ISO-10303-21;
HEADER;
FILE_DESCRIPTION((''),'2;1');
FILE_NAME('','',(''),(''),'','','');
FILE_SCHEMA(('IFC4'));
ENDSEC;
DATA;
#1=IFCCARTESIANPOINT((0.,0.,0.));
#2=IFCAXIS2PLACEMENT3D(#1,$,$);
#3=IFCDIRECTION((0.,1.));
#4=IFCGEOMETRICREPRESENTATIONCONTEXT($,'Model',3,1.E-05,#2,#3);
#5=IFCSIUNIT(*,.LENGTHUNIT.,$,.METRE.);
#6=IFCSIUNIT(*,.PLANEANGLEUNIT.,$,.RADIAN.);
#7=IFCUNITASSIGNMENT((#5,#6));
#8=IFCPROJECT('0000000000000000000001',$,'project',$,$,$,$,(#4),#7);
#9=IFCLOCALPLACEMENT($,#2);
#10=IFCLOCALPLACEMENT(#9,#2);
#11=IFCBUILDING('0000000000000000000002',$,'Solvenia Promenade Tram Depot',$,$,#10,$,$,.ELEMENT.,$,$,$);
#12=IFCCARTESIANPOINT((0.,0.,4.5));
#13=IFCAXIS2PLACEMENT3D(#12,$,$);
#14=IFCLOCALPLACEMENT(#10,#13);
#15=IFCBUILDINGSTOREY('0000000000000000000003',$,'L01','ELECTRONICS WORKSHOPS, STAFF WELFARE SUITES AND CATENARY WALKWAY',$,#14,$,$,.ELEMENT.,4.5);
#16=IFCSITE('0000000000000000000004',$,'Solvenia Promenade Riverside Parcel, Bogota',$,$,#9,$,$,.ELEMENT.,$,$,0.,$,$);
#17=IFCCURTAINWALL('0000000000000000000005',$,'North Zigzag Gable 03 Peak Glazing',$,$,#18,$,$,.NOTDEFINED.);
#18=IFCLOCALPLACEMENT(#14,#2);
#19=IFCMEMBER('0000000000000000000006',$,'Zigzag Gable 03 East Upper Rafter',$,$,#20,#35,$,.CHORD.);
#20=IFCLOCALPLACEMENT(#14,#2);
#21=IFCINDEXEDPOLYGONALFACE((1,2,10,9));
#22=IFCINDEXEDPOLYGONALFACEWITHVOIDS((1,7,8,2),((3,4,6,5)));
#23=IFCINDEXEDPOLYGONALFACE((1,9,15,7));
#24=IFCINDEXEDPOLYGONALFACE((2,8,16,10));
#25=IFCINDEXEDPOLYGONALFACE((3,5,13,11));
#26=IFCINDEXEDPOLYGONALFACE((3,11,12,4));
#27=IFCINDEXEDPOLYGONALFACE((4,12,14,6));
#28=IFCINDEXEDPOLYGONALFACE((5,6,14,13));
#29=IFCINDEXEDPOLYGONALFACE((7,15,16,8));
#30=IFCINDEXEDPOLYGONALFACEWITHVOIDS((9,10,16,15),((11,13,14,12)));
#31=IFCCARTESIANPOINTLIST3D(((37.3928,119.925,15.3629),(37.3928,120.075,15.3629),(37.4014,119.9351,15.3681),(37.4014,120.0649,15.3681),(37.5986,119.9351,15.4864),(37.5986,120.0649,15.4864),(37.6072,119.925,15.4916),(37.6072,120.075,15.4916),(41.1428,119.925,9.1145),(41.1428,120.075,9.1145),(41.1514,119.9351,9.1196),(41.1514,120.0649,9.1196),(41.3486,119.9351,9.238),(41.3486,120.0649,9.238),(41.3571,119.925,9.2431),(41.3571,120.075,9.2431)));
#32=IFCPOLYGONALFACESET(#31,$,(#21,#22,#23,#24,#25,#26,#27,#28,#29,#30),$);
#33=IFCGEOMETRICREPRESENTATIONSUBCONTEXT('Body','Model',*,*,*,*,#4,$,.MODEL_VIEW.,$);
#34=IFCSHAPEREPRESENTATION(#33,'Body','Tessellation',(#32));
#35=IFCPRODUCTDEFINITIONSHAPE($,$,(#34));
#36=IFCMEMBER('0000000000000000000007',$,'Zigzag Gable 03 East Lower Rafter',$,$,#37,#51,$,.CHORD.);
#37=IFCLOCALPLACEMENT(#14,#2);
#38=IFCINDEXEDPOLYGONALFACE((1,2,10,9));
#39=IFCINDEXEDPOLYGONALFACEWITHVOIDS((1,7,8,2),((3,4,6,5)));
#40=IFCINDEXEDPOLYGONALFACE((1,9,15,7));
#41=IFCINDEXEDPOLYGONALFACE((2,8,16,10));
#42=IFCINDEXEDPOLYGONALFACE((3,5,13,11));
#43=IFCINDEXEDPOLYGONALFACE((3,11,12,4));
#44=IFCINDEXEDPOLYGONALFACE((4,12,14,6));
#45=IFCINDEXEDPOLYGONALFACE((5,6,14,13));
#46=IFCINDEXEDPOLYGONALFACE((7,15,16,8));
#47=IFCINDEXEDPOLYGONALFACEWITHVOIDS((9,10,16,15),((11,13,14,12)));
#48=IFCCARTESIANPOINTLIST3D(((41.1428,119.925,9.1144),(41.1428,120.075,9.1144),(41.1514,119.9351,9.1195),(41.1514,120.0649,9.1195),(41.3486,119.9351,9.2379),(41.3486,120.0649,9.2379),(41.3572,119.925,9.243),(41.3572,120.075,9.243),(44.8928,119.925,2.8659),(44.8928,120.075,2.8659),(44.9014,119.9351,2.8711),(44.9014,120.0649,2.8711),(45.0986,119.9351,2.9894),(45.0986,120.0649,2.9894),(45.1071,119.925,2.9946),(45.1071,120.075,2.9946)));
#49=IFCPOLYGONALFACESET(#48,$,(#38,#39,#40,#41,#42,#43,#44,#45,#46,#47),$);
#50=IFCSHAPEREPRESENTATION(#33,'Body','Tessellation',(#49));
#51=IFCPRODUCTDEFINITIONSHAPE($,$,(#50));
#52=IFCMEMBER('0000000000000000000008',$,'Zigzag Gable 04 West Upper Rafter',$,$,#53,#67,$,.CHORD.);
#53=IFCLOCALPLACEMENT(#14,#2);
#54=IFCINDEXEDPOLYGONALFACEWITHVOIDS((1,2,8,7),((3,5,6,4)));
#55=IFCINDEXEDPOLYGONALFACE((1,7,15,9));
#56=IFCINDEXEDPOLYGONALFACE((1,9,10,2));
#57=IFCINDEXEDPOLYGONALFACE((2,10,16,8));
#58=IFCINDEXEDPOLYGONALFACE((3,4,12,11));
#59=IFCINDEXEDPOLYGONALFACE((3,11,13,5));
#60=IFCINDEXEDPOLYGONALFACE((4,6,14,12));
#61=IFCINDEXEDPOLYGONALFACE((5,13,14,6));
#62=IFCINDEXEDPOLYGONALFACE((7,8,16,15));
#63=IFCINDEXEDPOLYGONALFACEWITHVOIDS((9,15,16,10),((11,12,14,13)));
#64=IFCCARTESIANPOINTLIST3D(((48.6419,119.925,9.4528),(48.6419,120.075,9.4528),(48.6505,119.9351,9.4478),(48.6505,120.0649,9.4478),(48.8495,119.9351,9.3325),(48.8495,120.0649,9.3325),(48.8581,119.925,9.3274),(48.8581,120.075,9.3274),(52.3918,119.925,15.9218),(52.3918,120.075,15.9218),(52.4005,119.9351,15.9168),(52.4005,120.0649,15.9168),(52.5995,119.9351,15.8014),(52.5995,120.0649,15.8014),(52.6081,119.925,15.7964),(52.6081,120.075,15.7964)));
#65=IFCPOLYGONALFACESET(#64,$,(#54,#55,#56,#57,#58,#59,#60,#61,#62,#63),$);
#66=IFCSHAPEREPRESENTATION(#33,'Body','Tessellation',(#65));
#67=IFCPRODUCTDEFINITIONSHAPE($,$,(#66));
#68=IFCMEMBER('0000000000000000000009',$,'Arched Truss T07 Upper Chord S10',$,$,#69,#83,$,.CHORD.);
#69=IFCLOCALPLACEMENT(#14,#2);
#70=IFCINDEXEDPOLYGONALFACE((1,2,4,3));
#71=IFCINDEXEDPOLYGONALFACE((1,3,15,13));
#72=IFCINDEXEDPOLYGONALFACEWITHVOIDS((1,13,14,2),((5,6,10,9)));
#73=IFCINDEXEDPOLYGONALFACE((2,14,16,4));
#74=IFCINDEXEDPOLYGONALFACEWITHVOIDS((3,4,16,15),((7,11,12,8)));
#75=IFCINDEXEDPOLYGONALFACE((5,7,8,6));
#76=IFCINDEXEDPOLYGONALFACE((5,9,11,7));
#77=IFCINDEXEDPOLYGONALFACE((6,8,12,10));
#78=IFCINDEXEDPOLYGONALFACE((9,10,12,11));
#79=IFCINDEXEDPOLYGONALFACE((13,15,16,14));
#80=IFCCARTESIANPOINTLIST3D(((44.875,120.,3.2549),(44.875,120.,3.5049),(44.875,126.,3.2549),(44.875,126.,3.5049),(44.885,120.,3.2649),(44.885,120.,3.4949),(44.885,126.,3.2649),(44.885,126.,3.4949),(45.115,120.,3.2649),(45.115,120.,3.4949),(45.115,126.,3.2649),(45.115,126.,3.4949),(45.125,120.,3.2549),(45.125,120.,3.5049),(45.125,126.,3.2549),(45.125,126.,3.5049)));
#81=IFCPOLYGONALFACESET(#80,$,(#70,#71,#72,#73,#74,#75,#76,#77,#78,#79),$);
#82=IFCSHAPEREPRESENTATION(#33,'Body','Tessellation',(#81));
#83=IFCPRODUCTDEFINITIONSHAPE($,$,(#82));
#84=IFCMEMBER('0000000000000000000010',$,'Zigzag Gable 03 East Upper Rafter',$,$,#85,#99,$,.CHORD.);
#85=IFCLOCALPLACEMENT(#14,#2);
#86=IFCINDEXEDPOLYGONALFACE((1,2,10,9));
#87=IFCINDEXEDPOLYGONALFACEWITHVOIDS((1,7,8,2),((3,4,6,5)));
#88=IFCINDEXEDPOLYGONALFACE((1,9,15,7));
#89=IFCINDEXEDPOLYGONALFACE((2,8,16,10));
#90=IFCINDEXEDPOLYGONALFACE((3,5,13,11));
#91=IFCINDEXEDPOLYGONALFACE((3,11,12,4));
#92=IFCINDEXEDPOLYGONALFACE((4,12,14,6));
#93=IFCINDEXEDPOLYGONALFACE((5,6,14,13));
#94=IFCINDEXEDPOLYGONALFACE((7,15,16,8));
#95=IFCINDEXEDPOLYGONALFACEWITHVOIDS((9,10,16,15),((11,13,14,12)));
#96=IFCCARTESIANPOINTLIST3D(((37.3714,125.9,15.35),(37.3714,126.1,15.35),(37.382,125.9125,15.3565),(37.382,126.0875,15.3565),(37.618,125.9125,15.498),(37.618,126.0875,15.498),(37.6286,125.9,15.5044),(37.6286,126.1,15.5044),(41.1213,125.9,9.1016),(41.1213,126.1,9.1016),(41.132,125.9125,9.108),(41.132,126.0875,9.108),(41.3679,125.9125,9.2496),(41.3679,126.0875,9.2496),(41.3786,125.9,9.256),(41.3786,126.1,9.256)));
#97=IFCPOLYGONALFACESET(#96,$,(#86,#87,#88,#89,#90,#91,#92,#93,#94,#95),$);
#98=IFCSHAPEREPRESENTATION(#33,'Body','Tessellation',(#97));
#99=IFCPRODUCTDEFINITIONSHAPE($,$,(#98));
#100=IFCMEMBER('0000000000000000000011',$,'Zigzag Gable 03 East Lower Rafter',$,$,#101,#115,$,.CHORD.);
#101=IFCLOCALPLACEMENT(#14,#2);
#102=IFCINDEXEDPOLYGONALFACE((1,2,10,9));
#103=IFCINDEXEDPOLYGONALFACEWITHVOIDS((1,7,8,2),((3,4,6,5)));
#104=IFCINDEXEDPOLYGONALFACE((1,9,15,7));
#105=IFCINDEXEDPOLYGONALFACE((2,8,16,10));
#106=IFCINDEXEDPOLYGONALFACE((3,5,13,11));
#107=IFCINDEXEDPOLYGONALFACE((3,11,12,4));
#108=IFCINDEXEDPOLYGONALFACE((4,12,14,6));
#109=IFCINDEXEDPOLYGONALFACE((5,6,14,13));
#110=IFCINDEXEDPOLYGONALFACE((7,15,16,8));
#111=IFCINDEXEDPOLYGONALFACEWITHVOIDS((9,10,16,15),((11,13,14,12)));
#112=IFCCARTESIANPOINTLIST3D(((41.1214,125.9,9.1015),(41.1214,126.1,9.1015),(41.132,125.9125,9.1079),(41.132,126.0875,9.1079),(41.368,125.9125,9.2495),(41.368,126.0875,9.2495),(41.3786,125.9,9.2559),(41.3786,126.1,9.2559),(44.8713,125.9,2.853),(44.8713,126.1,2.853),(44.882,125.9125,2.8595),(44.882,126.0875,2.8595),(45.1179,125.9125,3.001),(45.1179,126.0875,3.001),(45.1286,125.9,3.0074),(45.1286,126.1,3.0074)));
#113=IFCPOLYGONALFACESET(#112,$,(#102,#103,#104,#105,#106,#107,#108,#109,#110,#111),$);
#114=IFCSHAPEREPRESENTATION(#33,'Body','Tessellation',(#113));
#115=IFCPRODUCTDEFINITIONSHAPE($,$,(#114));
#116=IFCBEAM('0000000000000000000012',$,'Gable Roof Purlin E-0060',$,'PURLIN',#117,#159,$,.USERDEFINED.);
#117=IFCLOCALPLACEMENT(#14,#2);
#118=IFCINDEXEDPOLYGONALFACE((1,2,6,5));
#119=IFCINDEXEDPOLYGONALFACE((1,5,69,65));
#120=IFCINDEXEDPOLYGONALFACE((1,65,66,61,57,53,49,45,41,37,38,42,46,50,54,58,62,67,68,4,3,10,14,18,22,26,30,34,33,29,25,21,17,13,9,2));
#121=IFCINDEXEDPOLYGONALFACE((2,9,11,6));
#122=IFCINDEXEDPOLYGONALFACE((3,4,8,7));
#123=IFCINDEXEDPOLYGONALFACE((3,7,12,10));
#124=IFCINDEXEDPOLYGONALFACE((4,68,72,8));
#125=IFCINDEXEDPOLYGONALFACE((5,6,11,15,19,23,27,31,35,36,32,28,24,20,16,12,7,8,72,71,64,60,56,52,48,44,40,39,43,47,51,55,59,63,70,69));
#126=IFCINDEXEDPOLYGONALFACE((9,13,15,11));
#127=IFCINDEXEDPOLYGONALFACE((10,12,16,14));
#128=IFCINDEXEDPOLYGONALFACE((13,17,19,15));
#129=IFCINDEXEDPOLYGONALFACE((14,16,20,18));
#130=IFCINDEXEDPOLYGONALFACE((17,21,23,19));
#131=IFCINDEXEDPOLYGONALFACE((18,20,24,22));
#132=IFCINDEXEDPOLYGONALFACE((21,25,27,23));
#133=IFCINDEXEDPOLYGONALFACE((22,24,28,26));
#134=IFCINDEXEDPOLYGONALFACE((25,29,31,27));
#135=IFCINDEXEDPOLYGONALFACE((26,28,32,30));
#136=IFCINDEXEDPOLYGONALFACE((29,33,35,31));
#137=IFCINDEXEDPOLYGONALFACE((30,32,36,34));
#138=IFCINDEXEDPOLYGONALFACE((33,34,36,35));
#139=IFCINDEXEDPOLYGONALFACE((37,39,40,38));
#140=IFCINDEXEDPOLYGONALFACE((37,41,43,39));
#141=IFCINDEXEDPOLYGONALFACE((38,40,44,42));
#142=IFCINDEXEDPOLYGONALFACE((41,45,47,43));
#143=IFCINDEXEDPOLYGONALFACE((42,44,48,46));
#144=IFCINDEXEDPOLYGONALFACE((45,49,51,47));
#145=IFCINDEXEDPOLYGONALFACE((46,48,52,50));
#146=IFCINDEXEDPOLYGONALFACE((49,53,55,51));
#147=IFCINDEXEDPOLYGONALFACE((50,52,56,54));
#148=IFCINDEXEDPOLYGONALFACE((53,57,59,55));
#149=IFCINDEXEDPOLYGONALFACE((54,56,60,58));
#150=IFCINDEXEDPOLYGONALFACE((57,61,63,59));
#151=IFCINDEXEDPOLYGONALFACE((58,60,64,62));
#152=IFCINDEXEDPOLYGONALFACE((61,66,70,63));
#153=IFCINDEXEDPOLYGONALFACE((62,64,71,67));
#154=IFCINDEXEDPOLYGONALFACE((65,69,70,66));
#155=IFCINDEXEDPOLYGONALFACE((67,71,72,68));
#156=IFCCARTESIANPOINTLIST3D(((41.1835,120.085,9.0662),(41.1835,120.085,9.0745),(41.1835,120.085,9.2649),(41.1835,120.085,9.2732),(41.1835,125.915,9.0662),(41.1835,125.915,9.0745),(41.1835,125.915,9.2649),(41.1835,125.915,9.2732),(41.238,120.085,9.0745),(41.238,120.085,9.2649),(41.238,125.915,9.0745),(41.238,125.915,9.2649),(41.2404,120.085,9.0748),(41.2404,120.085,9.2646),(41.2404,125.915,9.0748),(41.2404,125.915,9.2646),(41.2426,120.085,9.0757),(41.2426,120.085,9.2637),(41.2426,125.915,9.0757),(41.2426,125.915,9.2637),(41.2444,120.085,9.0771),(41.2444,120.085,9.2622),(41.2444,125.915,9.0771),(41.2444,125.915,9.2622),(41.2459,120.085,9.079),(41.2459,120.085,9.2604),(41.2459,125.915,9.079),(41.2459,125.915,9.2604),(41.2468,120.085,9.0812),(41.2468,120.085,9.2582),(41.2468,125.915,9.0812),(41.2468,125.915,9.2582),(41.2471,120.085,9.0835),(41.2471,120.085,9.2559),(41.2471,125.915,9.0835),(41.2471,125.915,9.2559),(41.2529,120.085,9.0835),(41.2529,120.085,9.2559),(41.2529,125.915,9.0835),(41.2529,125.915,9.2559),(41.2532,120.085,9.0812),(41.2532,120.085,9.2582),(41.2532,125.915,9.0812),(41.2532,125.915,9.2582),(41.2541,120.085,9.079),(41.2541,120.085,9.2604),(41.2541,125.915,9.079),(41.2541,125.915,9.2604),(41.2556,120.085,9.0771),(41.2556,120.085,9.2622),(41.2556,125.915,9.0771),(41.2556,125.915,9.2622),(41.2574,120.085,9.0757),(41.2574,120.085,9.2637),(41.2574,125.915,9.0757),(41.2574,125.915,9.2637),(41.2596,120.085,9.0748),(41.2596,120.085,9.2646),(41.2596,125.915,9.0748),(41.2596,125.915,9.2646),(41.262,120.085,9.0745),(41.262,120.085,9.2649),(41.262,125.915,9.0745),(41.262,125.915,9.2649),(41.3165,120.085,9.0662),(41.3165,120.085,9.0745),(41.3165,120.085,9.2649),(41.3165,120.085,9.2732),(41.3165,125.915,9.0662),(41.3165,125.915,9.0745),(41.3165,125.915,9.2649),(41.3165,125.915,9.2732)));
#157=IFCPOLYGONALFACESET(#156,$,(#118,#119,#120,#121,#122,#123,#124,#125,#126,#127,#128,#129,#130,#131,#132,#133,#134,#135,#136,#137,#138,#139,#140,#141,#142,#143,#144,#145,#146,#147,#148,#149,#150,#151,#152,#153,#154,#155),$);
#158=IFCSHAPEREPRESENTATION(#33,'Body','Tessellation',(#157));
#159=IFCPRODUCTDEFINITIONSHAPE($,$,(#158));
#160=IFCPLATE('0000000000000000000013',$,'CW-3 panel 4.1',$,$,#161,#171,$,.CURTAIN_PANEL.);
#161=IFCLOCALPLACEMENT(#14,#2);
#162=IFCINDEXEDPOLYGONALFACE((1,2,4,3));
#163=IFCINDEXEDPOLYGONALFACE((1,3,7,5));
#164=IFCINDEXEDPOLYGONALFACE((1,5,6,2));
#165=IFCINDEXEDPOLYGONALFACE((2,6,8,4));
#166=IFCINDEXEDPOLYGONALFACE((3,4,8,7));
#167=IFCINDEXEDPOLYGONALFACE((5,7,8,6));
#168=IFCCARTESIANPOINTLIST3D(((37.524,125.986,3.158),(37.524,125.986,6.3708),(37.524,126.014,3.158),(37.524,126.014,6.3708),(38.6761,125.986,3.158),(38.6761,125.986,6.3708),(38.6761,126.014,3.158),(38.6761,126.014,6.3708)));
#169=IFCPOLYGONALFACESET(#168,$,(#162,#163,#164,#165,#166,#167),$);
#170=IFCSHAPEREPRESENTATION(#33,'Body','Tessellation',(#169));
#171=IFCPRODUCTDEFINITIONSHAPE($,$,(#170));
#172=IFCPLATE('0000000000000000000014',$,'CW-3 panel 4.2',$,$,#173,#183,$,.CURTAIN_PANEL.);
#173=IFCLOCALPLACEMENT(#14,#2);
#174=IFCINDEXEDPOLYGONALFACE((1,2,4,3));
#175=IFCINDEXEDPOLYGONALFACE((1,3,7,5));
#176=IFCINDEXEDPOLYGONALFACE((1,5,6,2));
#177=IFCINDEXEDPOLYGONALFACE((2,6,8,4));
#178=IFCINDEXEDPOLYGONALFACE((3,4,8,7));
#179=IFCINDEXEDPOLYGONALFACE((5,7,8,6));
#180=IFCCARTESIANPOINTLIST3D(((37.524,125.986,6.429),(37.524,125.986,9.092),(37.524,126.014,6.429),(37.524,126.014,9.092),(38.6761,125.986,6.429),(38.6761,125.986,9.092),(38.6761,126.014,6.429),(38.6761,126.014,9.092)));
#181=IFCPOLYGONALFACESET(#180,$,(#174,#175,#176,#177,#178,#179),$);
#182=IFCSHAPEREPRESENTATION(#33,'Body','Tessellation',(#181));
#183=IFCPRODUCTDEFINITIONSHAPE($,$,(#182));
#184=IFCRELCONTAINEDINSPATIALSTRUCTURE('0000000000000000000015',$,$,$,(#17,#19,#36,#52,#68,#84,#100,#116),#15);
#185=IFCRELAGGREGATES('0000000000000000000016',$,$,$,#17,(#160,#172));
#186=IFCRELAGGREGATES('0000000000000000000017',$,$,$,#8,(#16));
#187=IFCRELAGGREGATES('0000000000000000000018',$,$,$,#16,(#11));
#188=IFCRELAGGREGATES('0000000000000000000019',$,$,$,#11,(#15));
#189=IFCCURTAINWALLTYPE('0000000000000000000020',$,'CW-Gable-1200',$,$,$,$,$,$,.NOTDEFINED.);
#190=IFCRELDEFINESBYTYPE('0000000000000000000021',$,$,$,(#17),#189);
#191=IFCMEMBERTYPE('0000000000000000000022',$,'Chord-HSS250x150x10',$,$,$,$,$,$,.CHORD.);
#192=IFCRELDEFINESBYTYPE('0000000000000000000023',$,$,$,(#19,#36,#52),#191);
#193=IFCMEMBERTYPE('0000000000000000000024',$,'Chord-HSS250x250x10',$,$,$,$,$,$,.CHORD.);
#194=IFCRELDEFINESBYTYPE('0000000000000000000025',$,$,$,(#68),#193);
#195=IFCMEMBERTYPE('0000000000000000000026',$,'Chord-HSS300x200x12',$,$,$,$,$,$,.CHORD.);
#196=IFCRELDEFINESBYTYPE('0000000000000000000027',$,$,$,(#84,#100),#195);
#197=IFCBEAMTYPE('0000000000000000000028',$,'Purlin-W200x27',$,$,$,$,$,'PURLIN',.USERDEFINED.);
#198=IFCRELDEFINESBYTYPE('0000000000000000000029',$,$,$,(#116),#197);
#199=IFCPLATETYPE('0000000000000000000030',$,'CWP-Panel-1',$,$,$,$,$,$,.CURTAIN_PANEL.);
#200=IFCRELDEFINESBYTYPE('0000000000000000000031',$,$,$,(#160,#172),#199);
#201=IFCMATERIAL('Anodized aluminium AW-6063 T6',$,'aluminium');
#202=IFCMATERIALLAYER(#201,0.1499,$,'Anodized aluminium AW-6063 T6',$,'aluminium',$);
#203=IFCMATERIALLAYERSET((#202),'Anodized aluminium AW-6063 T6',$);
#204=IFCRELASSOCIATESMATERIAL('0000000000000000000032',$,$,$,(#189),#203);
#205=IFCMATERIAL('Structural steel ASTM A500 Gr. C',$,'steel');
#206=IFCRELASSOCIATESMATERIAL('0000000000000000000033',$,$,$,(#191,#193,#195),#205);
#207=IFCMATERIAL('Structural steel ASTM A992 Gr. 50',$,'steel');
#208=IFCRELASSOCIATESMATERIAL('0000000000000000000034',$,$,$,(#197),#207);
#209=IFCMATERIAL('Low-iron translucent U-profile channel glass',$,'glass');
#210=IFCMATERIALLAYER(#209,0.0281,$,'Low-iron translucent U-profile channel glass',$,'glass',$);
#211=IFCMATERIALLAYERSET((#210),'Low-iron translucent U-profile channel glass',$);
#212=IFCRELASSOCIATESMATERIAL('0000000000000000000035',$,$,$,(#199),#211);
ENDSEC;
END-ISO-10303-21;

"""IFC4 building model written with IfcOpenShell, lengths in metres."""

from ifc_helpers import new_model, si_unit, direction, frame, origin, origin_2d, place, context, subcontext, project, spatial, rectangle, hollow_rectangle, i_section, extrude, material, layer, layer_set, material_profile, profile_set, type_object, element, aggregate, save


model = new_model("IFC4")

# Units and contexts
model_context = context("Model", 3, precision=1e-05, world=origin(), true_north=direction((0.0, 1.0)))
body_context = subcontext(model_context, "Body", "Model", "MODEL_VIEW")
ifc_project = project(units=[si_unit("LENGTHUNIT", "METRE"), si_unit("PLANEANGLEUNIT", "RADIAN")], contexts=[model_context])

# Site, building, storey
site_placement = place(None, origin())
site = spatial("IfcSite", under=ifc_project, at=site_placement, Name="Solvenia Promenade Riverside Parcel, Bogota", CompositionType="ELEMENT", RefElevation=0.0)
building_placement = place(site_placement, origin())
building = spatial("IfcBuilding", under=site, at=building_placement, Name="Solvenia Promenade Tram Depot", CompositionType="ELEMENT")
storey_placement = place(building_placement, frame((0.0, 0.0, 4.5)))
storey = spatial("IfcBuildingStorey", under=building, at=storey_placement, Name="L01", Description="ELECTRONICS WORKSHOPS, STAFF WELFARE SUITES AND CATENARY WALKWAY", CompositionType="ELEMENT", Elevation=4.5)

# Curtain wall
ifc_material_1 = material(Name="Anodized aluminium AW-6063 T6", Category="aluminium")
ifc_layer_1 = layer(ifc_material_1, 0.1499, Name="Anodized aluminium AW-6063 T6", Category="aluminium")
ifc_layer_set_1 = layer_set([ifc_layer_1], Name="Anodized aluminium AW-6063 T6")
curtain_wall_type = type_object("IfcCurtainWallType", Name="CW-Gable-1200", PredefinedType="NOTDEFINED", material=ifc_layer_set_1)
curtain_wall_placement = place(storey_placement, origin())
curtain_wall = element("IfcCurtainWall", 1, at=curtain_wall_placement, inside=storey, type_object=curtain_wall_type, Name="North Zigzag Gable 03 Peak Glazing", PredefinedType="NOTDEFINED")

# Members
ifc_material_2 = material(Name="Structural steel ASTM A500 Gr. C", Category="steel")
ifc_material_profile_1 = material_profile(ifc_material_2, hollow_rectangle(XDim=0.1499, YDim=0.25, WallThickness=0.01, at=origin_2d()), Name="HSS250x150x10", Category="steel")
ifc_profile_set_1 = profile_set([ifc_material_profile_1], Name="Structural steel ASTM A500 Gr. C")
member_type_1 = type_object("IfcMemberType", Name="Chord-HSS250x150x10", PredefinedType="CHORD", material=ifc_profile_set_1)
for number, where, z_axis, x_axis, name in (
    (2, (37.5, 120.0, 15.4272), (0.514584, 0.0, -0.85744), (0.0, 1.0, 0.0), "Zigzag Gable 03 East Upper Rafter"),
    (3, (41.25, 120.0, 9.1787), (0.514584, 0.0, -0.85744), (0.0, 1.0, 0.0), "Zigzag Gable 03 East Lower Rafter"),
):
    element("IfcMember", number, at=place(storey_placement, frame(where, z_axis=z_axis, x_axis=x_axis)), inside=storey, type_object=member_type_1, Name=name, PredefinedType="CHORD", context=body_context, shape_type="SweptSolid", body=[
        extrude(hollow_rectangle(XDim=0.1499, YDim=0.25, WallThickness=0.01, at=origin_2d()), origin(), (0.0, 0.0, 1.0), 7.2874),
    ])
member_1_placement = place(storey_placement, frame((48.75, 120.0, 9.3901), z_axis=(0.501516, 0.0, 0.865148), x_axis=(0.0, 1.0, 0.0)))
element("IfcMember", 4, at=member_1_placement, inside=storey, type_object=member_type_1, Name="Zigzag Gable 04 West Upper Rafter", PredefinedType="CHORD", context=body_context, shape_type="SweptSolid", body=[
    extrude(hollow_rectangle(XDim=0.1499, YDim=0.25, WallThickness=0.01, at=origin_2d()), origin(), (0.0, 0.0, 1.0), 7.4773),
])
ifc_material_profile_2 = material_profile(ifc_material_2, hollow_rectangle(XDim=0.25, YDim=0.25, WallThickness=0.01, at=origin_2d()), Name="HSS250x250x10", Category="steel")
ifc_profile_set_2 = profile_set([ifc_material_profile_2], Name="Structural steel ASTM A500 Gr. C")
member_type_2 = type_object("IfcMemberType", Name="Chord-HSS250x250x10", PredefinedType="CHORD", material=ifc_profile_set_2)
member_2_placement = place(storey_placement, frame((45.0, 120.0, 3.3799), z_axis=(0.0, 1.0, 0.0), x_axis=(-1.0, 0.0, 0.0)))
element("IfcMember", 5, at=member_2_placement, inside=storey, type_object=member_type_2, Name="Arched Truss T07 Upper Chord S10", PredefinedType="CHORD", context=body_context, shape_type="SweptSolid", body=[
    extrude(hollow_rectangle(XDim=0.25, YDim=0.25, WallThickness=0.01, at=origin_2d()), origin(), (0.0, 0.0, 1.0), 6.0),
])
ifc_material_profile_3 = material_profile(ifc_material_2, hollow_rectangle(XDim=0.2, YDim=0.3, WallThickness=0.0125, at=origin_2d()), Name="HSS300x200x12.5", Category="steel")
ifc_profile_set_3 = profile_set([ifc_material_profile_3], Name="Structural steel ASTM A500 Gr. C")
member_type_3 = type_object("IfcMemberType", Name="Chord-HSS300x200x12", PredefinedType="CHORD", material=ifc_profile_set_3)
for number, where, z_axis, x_axis, name in (
    (6, (37.5, 126.0, 15.4272), (0.514584, 0.0, -0.85744), (0.0, 1.0, 0.0), "Zigzag Gable 03 East Upper Rafter"),
    (7, (41.25, 126.0, 9.1787), (0.514584, 0.0, -0.85744), (0.0, 1.0, 0.0), "Zigzag Gable 03 East Lower Rafter"),
):
    element("IfcMember", number, at=place(storey_placement, frame(where, z_axis=z_axis, x_axis=x_axis)), inside=storey, type_object=member_type_3, Name=name, PredefinedType="CHORD", context=body_context, shape_type="SweptSolid", body=[
        extrude(hollow_rectangle(XDim=0.2, YDim=0.3, WallThickness=0.0125, at=origin_2d()), origin(), (0.0, 0.0, 1.0), 7.2874),
    ])

# Beam
ifc_material_3 = material(Name="Structural steel ASTM A992 Gr. 50", Category="steel")
ifc_material_profile_4 = material_profile(ifc_material_3, i_section(OverallWidth=0.1331, OverallDepth=0.207, WebThickness=0.0059, FlangeThickness=0.0083, FilletRadius=0.009, at=origin_2d()), Name="W200x27", Category="steel")
ifc_profile_set_4 = profile_set([ifc_material_profile_4], Name="Structural steel ASTM A992 Gr. 50")
beam_type = type_object("IfcBeamType", Name="Purlin-W200x27", ElementType="PURLIN", PredefinedType="USERDEFINED", material=ifc_profile_set_4)
beam_placement = place(storey_placement, frame((41.25, 120.085, 9.1697), z_axis=(0.0, 1.0, 0.0), x_axis=(-1.0, 0.0, 0.0)))
element("IfcBeam", 8, at=beam_placement, inside=storey, type_object=beam_type, Name="Gable Roof Purlin E-0060", ObjectType="PURLIN", PredefinedType="USERDEFINED", context=body_context, shape_type="SweptSolid", body=[
    extrude(i_section(OverallWidth=0.1331, OverallDepth=0.207, WebThickness=0.0059, FlangeThickness=0.0083, FilletRadius=0.009, at=origin_2d()), origin(), (0.0, 0.0, 1.0), 5.8301),
])

# Plates
ifc_material_4 = material(Name="Low-iron translucent U-profile channel glass", Category="glass")
ifc_layer_2 = layer(ifc_material_4, 0.0281, Name="Low-iron translucent U-profile channel glass", Category="glass")
ifc_layer_set_2 = layer_set([ifc_layer_2], Name="Low-iron translucent U-profile channel glass")
plate_type_1 = type_object("IfcPlateType", Name="CWP-Panel-1", PredefinedType="CURTAIN_PANEL", material=ifc_layer_set_2)
plate_1_placement = place(storey_placement, frame((38.1001, 126.0, 3.158), z_axis=(0.0, 0.0, 1.0), x_axis=(1.0, 0.0, 0.0)))
plate_1 = element("IfcPlate", 9, at=plate_1_placement, type_object=plate_type_1, Name="CW-3 panel 4.1", PredefinedType="CURTAIN_PANEL", context=body_context, shape_type="SweptSolid", body=[
    extrude(rectangle(XDim=1.1521, YDim=0.0281, at=origin_2d()), origin(), (0.0, 0.0, 1.0), 3.2129),
])
plate_2_placement = place(storey_placement, frame((38.1001, 126.0, 6.429), z_axis=(0.0, 0.0, 1.0), x_axis=(1.0, 0.0, 0.0)))
plate_2 = element("IfcPlate", 10, at=plate_2_placement, type_object=plate_type_1, Name="CW-3 panel 4.2", PredefinedType="CURTAIN_PANEL", context=body_context, shape_type="SweptSolid", body=[
    extrude(rectangle(XDim=1.1521, YDim=0.0281, at=origin_2d()), origin(), (0.0, 0.0, 1.0), 2.6631),
])
aggregate(curtain_wall, [plate_1, plate_2])

save(model, "model.ifc")
